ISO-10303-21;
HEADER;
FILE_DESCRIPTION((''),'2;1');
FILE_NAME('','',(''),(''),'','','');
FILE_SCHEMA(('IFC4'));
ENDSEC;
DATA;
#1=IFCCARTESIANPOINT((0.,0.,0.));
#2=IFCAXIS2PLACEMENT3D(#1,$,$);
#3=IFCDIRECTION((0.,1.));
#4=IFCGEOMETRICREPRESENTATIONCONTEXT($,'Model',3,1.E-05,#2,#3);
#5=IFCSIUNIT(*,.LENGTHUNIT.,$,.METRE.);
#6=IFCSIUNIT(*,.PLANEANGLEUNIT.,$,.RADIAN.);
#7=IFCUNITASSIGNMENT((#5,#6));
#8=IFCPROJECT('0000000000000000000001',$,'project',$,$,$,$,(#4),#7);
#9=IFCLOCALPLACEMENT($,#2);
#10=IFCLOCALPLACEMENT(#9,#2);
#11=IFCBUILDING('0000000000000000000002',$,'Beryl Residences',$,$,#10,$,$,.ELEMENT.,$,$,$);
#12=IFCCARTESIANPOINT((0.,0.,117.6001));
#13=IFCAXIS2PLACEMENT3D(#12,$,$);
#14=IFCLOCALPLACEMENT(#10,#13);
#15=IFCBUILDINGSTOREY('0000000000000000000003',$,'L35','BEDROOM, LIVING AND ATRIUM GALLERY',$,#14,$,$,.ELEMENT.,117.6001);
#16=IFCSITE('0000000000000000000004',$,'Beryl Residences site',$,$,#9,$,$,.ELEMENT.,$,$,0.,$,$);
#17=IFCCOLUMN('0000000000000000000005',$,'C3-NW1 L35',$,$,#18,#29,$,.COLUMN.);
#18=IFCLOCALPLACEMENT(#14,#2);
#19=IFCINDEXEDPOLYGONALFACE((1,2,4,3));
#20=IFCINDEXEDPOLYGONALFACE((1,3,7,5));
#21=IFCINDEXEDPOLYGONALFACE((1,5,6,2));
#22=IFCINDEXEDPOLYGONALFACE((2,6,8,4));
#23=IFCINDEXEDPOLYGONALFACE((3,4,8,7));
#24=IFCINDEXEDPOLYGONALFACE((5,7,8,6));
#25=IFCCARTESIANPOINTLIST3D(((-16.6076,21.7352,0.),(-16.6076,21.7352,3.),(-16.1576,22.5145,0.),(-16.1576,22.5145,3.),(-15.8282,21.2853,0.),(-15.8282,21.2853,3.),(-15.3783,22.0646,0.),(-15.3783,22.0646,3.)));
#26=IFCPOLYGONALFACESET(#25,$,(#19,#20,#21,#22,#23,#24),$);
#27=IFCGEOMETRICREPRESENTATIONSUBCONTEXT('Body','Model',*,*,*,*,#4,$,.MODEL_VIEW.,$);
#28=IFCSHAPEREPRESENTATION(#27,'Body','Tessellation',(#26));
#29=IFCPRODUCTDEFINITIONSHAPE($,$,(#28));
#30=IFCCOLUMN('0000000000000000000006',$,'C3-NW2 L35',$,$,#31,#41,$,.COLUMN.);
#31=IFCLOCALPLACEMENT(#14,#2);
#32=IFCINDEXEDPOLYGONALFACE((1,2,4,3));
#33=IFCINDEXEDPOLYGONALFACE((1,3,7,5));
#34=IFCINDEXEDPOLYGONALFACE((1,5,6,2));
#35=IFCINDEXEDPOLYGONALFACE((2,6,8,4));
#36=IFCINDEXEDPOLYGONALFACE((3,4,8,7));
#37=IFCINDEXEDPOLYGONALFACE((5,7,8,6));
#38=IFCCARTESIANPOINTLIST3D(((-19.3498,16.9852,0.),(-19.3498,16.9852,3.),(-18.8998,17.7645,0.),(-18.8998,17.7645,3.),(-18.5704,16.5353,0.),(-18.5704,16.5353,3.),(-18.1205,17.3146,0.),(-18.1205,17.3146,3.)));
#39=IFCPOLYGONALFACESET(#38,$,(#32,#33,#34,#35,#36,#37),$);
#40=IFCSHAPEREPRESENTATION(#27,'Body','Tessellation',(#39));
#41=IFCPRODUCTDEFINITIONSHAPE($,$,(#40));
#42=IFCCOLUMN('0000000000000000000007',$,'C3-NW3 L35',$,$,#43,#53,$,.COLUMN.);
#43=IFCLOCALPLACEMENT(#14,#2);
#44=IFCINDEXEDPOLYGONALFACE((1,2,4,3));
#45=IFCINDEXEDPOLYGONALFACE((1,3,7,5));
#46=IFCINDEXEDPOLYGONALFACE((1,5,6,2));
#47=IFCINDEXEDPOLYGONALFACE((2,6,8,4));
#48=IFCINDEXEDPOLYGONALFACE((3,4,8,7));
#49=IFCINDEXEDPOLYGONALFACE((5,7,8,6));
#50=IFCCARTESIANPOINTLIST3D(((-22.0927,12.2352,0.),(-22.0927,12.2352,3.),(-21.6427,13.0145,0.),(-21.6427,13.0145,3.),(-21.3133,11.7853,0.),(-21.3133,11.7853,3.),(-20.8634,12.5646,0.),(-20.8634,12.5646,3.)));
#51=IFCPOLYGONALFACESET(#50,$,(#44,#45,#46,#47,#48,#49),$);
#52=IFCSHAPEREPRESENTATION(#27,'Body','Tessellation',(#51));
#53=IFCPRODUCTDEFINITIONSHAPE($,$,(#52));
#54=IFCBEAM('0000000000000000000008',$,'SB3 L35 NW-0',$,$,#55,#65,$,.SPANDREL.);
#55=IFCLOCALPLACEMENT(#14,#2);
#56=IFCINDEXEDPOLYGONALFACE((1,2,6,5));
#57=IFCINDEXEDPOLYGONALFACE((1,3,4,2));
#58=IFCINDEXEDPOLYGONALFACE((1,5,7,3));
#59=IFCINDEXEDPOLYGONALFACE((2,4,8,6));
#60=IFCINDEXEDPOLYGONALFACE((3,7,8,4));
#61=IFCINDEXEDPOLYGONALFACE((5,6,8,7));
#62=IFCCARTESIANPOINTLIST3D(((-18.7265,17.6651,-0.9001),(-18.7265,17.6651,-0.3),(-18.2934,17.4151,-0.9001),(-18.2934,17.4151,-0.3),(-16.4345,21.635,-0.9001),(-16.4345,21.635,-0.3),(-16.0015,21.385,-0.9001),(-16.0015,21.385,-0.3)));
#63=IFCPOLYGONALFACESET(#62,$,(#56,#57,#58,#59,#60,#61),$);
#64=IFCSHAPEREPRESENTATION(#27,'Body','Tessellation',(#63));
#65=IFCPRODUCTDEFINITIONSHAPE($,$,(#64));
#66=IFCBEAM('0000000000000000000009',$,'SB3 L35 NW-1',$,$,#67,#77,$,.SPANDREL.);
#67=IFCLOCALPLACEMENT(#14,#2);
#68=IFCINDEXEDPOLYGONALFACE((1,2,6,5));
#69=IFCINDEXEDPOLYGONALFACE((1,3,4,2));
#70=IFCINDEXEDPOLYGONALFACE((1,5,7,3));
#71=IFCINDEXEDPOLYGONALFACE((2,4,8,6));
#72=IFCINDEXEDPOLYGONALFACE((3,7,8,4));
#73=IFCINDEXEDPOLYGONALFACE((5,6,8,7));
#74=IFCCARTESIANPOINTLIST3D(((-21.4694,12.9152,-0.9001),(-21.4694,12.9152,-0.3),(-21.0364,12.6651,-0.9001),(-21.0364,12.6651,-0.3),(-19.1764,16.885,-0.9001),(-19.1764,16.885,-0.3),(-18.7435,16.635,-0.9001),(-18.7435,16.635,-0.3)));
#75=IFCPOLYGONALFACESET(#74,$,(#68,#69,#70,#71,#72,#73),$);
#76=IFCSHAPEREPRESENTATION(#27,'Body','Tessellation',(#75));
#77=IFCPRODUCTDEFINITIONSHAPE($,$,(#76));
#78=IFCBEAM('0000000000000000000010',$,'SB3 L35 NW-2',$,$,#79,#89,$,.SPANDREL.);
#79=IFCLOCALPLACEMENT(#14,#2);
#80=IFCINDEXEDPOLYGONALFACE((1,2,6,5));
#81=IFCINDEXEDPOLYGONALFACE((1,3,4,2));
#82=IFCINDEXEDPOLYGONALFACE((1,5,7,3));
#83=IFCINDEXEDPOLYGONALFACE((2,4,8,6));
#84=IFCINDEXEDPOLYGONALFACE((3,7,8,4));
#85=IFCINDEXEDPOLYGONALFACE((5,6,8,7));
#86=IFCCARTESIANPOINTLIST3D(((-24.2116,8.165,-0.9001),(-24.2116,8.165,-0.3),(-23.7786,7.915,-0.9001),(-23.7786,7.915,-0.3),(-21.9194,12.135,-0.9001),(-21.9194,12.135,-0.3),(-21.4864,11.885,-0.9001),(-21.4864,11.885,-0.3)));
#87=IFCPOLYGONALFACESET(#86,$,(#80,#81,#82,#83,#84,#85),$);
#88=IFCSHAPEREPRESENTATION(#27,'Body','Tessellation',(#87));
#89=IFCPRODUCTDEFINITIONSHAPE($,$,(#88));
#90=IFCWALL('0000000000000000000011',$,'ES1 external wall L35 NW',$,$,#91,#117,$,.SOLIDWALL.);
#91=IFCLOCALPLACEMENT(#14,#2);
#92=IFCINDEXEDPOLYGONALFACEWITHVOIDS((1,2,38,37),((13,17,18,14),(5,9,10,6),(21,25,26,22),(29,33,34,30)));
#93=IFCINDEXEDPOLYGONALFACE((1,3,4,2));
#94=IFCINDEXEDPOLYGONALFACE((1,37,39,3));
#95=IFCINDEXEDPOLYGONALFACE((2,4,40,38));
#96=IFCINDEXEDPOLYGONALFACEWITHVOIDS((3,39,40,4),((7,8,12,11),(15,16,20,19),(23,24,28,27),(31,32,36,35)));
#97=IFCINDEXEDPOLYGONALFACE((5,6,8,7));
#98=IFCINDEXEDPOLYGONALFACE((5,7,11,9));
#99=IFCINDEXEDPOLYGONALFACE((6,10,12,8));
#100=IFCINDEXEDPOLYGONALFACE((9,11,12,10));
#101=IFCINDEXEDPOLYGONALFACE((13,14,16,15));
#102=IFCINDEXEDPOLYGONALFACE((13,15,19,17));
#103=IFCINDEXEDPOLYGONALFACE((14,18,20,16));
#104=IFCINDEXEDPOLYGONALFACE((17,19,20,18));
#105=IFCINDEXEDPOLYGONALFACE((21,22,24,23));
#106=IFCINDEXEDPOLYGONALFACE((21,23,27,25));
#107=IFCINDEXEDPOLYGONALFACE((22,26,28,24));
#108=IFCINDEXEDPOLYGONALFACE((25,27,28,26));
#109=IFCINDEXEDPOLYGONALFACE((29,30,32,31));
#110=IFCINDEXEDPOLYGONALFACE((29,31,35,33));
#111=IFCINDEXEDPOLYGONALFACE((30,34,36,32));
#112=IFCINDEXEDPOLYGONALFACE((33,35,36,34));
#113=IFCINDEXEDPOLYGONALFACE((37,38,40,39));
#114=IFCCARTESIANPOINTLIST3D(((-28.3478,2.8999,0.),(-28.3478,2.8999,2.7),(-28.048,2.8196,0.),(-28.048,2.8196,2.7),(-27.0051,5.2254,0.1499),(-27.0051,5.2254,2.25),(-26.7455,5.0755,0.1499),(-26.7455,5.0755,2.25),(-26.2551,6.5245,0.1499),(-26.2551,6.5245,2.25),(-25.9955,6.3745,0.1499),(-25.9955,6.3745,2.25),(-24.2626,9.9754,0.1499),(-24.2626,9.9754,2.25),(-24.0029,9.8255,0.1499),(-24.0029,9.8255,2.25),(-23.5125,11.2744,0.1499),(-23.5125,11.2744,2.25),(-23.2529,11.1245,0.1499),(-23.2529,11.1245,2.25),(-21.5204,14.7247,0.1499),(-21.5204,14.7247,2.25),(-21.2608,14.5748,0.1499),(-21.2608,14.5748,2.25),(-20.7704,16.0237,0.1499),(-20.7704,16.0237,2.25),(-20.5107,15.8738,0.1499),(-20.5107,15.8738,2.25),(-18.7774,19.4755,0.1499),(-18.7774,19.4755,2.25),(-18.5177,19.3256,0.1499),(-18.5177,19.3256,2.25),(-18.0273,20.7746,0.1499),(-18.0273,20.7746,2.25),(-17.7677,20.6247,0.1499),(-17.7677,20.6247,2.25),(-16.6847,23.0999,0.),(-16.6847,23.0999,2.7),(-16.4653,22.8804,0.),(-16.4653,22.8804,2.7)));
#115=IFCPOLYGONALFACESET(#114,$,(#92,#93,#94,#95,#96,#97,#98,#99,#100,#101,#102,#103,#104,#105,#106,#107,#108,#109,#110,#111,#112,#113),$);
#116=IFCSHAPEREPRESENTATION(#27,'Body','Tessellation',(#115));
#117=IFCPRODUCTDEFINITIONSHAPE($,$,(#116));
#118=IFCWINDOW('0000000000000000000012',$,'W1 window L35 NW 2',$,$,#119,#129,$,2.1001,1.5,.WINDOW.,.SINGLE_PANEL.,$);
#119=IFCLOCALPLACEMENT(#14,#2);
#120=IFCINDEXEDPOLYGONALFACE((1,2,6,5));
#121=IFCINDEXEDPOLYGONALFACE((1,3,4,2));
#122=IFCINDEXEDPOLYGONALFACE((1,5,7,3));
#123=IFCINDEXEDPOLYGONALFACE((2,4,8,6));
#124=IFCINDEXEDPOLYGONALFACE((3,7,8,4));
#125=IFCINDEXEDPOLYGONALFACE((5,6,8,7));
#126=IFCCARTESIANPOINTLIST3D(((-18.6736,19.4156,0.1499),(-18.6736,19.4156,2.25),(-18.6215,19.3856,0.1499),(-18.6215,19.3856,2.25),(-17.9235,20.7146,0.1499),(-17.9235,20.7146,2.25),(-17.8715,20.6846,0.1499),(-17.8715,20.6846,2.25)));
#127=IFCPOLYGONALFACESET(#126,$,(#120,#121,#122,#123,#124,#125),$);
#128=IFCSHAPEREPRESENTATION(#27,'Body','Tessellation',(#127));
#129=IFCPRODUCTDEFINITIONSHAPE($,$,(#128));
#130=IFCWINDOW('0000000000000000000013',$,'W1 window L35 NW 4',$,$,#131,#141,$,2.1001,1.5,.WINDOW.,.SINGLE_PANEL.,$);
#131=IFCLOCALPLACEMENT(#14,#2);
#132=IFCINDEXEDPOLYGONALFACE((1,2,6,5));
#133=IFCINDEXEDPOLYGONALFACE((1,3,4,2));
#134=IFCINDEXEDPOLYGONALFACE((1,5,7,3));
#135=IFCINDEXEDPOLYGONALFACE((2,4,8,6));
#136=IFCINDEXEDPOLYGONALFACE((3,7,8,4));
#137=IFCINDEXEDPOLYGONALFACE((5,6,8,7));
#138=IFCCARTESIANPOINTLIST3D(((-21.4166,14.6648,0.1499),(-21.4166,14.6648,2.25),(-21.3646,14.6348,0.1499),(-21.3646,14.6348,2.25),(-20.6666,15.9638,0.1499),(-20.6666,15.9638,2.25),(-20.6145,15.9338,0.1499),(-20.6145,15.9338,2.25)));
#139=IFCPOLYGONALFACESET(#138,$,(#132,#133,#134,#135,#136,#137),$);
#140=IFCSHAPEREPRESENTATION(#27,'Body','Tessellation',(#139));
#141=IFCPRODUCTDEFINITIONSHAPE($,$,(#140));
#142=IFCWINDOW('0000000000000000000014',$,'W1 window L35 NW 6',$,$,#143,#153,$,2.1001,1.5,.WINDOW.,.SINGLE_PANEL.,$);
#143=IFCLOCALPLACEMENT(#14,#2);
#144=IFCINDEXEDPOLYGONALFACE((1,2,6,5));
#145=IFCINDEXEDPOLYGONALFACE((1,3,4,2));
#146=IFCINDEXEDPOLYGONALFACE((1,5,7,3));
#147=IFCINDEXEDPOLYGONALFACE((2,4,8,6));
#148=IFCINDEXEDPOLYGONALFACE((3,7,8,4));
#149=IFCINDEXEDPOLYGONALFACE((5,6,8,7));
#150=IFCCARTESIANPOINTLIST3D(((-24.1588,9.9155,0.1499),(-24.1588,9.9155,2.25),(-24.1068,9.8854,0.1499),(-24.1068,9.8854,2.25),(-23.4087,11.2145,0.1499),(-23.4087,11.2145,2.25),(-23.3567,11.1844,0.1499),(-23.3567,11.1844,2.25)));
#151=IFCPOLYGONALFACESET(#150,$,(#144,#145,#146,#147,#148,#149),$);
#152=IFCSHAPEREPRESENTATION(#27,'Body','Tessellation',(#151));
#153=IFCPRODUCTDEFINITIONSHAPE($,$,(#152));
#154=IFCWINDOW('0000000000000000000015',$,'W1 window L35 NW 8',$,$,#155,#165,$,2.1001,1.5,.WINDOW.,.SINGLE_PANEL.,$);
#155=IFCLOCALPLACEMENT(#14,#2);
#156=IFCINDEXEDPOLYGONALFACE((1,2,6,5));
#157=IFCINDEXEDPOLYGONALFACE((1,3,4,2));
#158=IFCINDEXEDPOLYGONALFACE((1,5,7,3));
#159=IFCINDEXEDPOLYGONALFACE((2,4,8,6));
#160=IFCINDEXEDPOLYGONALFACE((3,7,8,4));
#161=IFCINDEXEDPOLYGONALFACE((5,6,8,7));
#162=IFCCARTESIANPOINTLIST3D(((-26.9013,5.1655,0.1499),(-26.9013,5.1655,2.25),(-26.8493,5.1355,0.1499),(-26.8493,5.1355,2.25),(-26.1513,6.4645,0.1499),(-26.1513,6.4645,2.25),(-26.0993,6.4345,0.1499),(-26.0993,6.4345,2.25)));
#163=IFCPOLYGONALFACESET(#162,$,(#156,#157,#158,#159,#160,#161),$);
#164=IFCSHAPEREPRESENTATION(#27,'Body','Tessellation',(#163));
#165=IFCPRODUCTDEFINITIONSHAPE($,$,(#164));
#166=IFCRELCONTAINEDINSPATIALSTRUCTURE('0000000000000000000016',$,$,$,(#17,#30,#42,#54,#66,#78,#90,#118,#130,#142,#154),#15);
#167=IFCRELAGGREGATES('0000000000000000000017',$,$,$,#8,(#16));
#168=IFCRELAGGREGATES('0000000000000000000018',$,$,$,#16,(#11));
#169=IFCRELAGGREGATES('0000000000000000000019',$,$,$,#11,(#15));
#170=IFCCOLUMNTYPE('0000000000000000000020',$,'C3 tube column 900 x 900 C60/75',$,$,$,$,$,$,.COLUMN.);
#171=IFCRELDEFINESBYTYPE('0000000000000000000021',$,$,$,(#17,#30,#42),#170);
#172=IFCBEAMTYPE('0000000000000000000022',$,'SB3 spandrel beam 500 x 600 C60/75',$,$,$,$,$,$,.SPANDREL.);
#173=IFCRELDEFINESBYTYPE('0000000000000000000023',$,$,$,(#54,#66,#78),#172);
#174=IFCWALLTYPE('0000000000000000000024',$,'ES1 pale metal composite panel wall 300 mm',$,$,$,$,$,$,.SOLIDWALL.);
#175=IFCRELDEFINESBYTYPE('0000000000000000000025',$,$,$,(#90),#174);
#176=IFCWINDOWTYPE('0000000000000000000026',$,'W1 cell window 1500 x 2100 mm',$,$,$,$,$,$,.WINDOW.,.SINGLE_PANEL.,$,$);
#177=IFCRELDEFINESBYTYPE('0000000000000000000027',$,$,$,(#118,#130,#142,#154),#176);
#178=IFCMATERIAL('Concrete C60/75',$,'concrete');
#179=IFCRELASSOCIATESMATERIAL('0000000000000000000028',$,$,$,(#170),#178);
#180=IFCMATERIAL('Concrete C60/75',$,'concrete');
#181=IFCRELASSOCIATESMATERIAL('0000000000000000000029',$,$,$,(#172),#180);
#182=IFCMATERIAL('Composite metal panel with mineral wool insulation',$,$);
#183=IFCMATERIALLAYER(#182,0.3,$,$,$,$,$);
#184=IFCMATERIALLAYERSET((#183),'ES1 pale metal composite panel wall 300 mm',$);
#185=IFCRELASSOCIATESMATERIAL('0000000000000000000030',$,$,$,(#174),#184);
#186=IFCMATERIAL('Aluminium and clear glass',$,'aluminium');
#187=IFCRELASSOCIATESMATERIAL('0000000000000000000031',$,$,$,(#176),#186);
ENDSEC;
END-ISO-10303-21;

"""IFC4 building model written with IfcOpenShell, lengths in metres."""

from ifc_helpers import new_model, si_unit, direction, frame, frame_2d, origin, origin_2d, place, context, subcontext, project, spatial, polyline, rectangle, outline, extrude, material, layer, layer_set, material_profile, profile_set, type_object, element, fill, save


model = new_model("IFC4")

# Units and contexts
model_context = context("Model", 3, precision=1e-05, world=origin(), true_north=direction((0.0, 1.0)))
body_context = subcontext(model_context, "Body", "Model", "MODEL_VIEW")
ifc_project = project(units=[si_unit("LENGTHUNIT", "METRE"), si_unit("PLANEANGLEUNIT", "RADIAN")], contexts=[model_context])

# Site, building, storey
site_placement = place(None, origin())
site = spatial("IfcSite", under=ifc_project, at=site_placement, Name="Beryl Residences site", CompositionType="ELEMENT", RefElevation=0.0)
building_placement = place(site_placement, origin())
building = spatial("IfcBuilding", under=site, at=building_placement, Name="Beryl Residences", CompositionType="ELEMENT")
storey_placement = place(building_placement, frame((0.0, 0.0, 117.6001)))
storey = spatial("IfcBuildingStorey", under=building, at=storey_placement, Name="L35", Description="BEDROOM, LIVING AND ATRIUM GALLERY", CompositionType="ELEMENT", Elevation=117.6001)

# Columns
ifc_material_1 = material(Name="Concrete C60/75", Category="concrete")
ifc_material_profile_1 = material_profile(ifc_material_1, rectangle(XDim=0.8999, YDim=0.8999, at=origin_2d()))
ifc_profile_set_1 = profile_set([ifc_material_profile_1], Name="Concrete C60/75")
column_type = type_object("IfcColumnType", Name="C3 tube column 900 x 900 C60/75", PredefinedType="COLUMN", material=ifc_profile_set_1)
for number, where, z_axis, x_axis, name in (
    (1, (-15.9929, 21.8999, 0.0), (0.0, 0.0, 1.0), (-0.5, -0.866025, 0.0), "C3-NW1 L35"),
    (2, (-18.7351, 17.1499, 0.0), (0.0, 0.0, 1.0), (-0.5, -0.866025, 0.0), "C3-NW2 L35"),
    (3, (-21.478, 12.3999, 0.0), (0.0, 0.0, 1.0), (-0.5, -0.866025, 0.0), "C3-NW3 L35"),
):
    element("IfcColumn", number, at=place(storey_placement, frame(where, z_axis=z_axis, x_axis=x_axis)), inside=storey, type_object=column_type, Name=name, PredefinedType="COLUMN", context=body_context, shape_type="SweptSolid", body=[
        extrude(rectangle(XDim=0.8999, YDim=0.8999, at=origin_2d()), origin(), (0.0, 0.0, 1.0), 3.0),
    ])

# Beams
ifc_material_2 = material(Name="Concrete C60/75", Category="concrete")
ifc_material_profile_2 = material_profile(ifc_material_2, rectangle(XDim=0.5, YDim=0.6001, at=origin_2d()))
ifc_profile_set_2 = profile_set([ifc_material_profile_2], Name="Concrete C60/75")
beam_type = type_object("IfcBeamType", Name="SB3 spandrel beam 500 x 600 C60/75", PredefinedType="SPANDREL", material=ifc_profile_set_2)
beam_1_placement = place(storey_placement, frame((-16.218, 21.51, -0.6001), z_axis=(-0.499988, -0.866032, 0.0), x_axis=(0.866032, -0.499988, 0.0)))
element("IfcBeam", 4, at=beam_1_placement, inside=storey, type_object=beam_type, Name="SB3 L35 NW-0", PredefinedType="SPANDREL", context=body_context, shape_type="SweptSolid", body=[
    extrude(rectangle(XDim=0.5, YDim=0.6001, at=origin_2d()), origin(), (0.0, 0.0, 1.0), 4.584),
])
beam_2_placement = place(storey_placement, frame((-18.96, 16.76, -0.6001), z_axis=(-0.500148, -0.86594, 0.0), x_axis=(0.86594, -0.500148, 0.0)))
element("IfcBeam", 5, at=beam_2_placement, inside=storey, type_object=beam_type, Name="SB3 L35 NW-1", PredefinedType="SPANDREL", context=body_context, shape_type="SweptSolid", body=[
    extrude(rectangle(XDim=0.5, YDim=0.6001, at=origin_2d()), origin(), (0.0, 0.0, 1.0), 4.5845),
])
beam_3_placement = place(storey_placement, frame((-21.7029, 12.01, -0.6001), z_axis=(-0.500028, -0.866009, 0.0), x_axis=(0.866009, -0.500028, 0.0)))
element("IfcBeam", 6, at=beam_3_placement, inside=storey, type_object=beam_type, Name="SB3 L35 NW-2", PredefinedType="SPANDREL", context=body_context, shape_type="SweptSolid", body=[
    extrude(rectangle(XDim=0.5, YDim=0.6001, at=origin_2d()), origin(), (0.0, 0.0, 1.0), 4.5842),
])

# Wall, openings, windows
ifc_material_3 = material(Name="Composite metal panel with mineral wool insulation")
ifc_layer_1 = layer(ifc_material_3, 0.3)
ifc_layer_set_1 = layer_set([ifc_layer_1], Name="ES1 pale metal composite panel wall 300 mm")
wall_type_1 = type_object("IfcWallType", Name="ES1 pale metal composite panel wall 300 mm", PredefinedType="SOLIDWALL", material=ifc_layer_set_1)
wall_1_placement = place(storey_placement, frame((-16.5549, 23.0249, 0.0), z_axis=(0.0, 0.0, 1.0), x_axis=(-0.500021, -0.866014, 0.0)))
wall_1 = element("IfcWall", 7, at=wall_1_placement, inside=storey, type_object=wall_type_1, Name="ES1 external wall L35 NW", PredefinedType="SOLIDWALL", context=body_context, shape_type="SweptSolid", body=[
    extrude(outline(polyline([(0.0, -0.1499), (23.3252, -0.1499), (23.2449, 0.1499), (0.0803, 0.1499), (0.0, -0.1499)])), origin(), (0.0, 0.0, 1.0), 2.7),
])
opening_1_placement = place(wall_1_placement, frame((2.6851, 0.0, 0.1499)))
opening_1 = element("IfcOpeningElement", 8, at=opening_1_placement, cuts=wall_1, PredefinedType="OPENING", context=body_context, shape_type="SweptSolid", body=[
    extrude(rectangle(XDim=1.5, YDim=2.1001, at=frame_2d((0.75, 1.05))), frame((0.0, 0.1599, 0.0), z_axis=(0.0, -1.0, 0.0), x_axis=(1.0, 0.0, 0.0)), (0.0, 0.0, 1.0), 0.3201),
])
opening_2_placement = place(wall_1_placement, frame((8.1709, 0.0, 0.1499)))
opening_2 = element("IfcOpeningElement", 9, at=opening_2_placement, cuts=wall_1, PredefinedType="OPENING", context=body_context, shape_type="SweptSolid", body=[
    extrude(rectangle(XDim=1.5, YDim=2.1001, at=frame_2d((0.75, 1.05))), frame((0.0, 0.1599, 0.0), z_axis=(0.0, -1.0, 0.0), x_axis=(1.0, 0.0, 0.0)), (0.0, 0.0, 1.0), 0.3201),
])
opening_3_placement = place(wall_1_placement, frame((13.655, 0.0, 0.1499)))
opening_3 = element("IfcOpeningElement", 10, at=opening_3_placement, cuts=wall_1, PredefinedType="OPENING", context=body_context, shape_type="SweptSolid", body=[
    extrude(rectangle(XDim=1.5, YDim=2.1001, at=frame_2d((0.75, 1.05))), frame((0.0, 0.1599, 0.0), z_axis=(0.0, -1.0, 0.0), x_axis=(1.0, 0.0, 0.0)), (0.0, 0.0, 1.0), 0.3201),
])
opening_4_placement = place(wall_1_placement, frame((19.1399, 0.0, 0.1499)))
opening_4 = element("IfcOpeningElement", 11, at=opening_4_placement, cuts=wall_1, PredefinedType="OPENING", context=body_context, shape_type="SweptSolid", body=[
    extrude(rectangle(XDim=1.5, YDim=2.1001, at=frame_2d((0.75, 1.05))), frame((0.0, 0.1599, 0.0), z_axis=(0.0, -1.0, 0.0), x_axis=(1.0, 0.0, 0.0)), (0.0, 0.0, 1.0), 0.3201),
])
ifc_material_4 = material(Name="Aluminium and clear glass", Category="aluminium")
window_type = type_object("IfcWindowType", Name="W1 cell window 1500 x 2100 mm", PartitioningType="SINGLE_PANEL", PredefinedType="WINDOW", material=ifc_material_4)
window_1_placement = place(opening_1_placement, origin())
window_1 = element("IfcWindow", 12, at=window_1_placement, inside=storey, type_object=window_type, Name="W1 window L35 NW 2", OverallHeight=2.1001, OverallWidth=1.5, PartitioningType="SINGLE_PANEL", PredefinedType="WINDOW", context=body_context, shape_type="SweptSolid", body=[
    extrude(rectangle(XDim=1.5, YDim=2.1001, at=frame_2d((0.75, 1.05))), frame((0.0, 0.03, 0.0), z_axis=(0.0, -1.0, 0.0), x_axis=(1.0, 0.0, 0.0)), (0.0, 0.0, 1.0), 0.0601),
])
fill(opening_1, window_1)
window_2_placement = place(opening_2_placement, origin())
window_2 = element("IfcWindow", 13, at=window_2_placement, inside=storey, type_object=window_type, Name="W1 window L35 NW 4", OverallHeight=2.1001, OverallWidth=1.5, PartitioningType="SINGLE_PANEL", PredefinedType="WINDOW", context=body_context, shape_type="SweptSolid", body=[
    extrude(rectangle(XDim=1.5, YDim=2.1001, at=frame_2d((0.75, 1.05))), frame((0.0, 0.03, 0.0), z_axis=(0.0, -1.0, 0.0), x_axis=(1.0, 0.0, 0.0)), (0.0, 0.0, 1.0), 0.0601),
])
fill(opening_2, window_2)
window_3_placement = place(opening_3_placement, origin())
window_3 = element("IfcWindow", 14, at=window_3_placement, inside=storey, type_object=window_type, Name="W1 window L35 NW 6", OverallHeight=2.1001, OverallWidth=1.5, PartitioningType="SINGLE_PANEL", PredefinedType="WINDOW", context=body_context, shape_type="SweptSolid", body=[
    extrude(rectangle(XDim=1.5, YDim=2.1001, at=frame_2d((0.75, 1.05))), frame((0.0, 0.03, 0.0), z_axis=(0.0, -1.0, 0.0), x_axis=(1.0, 0.0, 0.0)), (0.0, 0.0, 1.0), 0.0601),
])
fill(opening_3, window_3)
window_4_placement = place(opening_4_placement, origin())
window_4 = element("IfcWindow", 15, at=window_4_placement, inside=storey, type_object=window_type, Name="W1 window L35 NW 8", OverallHeight=2.1001, OverallWidth=1.5, PartitioningType="SINGLE_PANEL", PredefinedType="WINDOW", context=body_context, shape_type="SweptSolid", body=[
    extrude(rectangle(XDim=1.5, YDim=2.1001, at=frame_2d((0.75, 1.05))), frame((0.0, 0.03, 0.0), z_axis=(0.0, -1.0, 0.0), x_axis=(1.0, 0.0, 0.0)), (0.0, 0.0, 1.0), 0.0601),
])
fill(opening_4, window_4)

save(model, "model.ifc")
